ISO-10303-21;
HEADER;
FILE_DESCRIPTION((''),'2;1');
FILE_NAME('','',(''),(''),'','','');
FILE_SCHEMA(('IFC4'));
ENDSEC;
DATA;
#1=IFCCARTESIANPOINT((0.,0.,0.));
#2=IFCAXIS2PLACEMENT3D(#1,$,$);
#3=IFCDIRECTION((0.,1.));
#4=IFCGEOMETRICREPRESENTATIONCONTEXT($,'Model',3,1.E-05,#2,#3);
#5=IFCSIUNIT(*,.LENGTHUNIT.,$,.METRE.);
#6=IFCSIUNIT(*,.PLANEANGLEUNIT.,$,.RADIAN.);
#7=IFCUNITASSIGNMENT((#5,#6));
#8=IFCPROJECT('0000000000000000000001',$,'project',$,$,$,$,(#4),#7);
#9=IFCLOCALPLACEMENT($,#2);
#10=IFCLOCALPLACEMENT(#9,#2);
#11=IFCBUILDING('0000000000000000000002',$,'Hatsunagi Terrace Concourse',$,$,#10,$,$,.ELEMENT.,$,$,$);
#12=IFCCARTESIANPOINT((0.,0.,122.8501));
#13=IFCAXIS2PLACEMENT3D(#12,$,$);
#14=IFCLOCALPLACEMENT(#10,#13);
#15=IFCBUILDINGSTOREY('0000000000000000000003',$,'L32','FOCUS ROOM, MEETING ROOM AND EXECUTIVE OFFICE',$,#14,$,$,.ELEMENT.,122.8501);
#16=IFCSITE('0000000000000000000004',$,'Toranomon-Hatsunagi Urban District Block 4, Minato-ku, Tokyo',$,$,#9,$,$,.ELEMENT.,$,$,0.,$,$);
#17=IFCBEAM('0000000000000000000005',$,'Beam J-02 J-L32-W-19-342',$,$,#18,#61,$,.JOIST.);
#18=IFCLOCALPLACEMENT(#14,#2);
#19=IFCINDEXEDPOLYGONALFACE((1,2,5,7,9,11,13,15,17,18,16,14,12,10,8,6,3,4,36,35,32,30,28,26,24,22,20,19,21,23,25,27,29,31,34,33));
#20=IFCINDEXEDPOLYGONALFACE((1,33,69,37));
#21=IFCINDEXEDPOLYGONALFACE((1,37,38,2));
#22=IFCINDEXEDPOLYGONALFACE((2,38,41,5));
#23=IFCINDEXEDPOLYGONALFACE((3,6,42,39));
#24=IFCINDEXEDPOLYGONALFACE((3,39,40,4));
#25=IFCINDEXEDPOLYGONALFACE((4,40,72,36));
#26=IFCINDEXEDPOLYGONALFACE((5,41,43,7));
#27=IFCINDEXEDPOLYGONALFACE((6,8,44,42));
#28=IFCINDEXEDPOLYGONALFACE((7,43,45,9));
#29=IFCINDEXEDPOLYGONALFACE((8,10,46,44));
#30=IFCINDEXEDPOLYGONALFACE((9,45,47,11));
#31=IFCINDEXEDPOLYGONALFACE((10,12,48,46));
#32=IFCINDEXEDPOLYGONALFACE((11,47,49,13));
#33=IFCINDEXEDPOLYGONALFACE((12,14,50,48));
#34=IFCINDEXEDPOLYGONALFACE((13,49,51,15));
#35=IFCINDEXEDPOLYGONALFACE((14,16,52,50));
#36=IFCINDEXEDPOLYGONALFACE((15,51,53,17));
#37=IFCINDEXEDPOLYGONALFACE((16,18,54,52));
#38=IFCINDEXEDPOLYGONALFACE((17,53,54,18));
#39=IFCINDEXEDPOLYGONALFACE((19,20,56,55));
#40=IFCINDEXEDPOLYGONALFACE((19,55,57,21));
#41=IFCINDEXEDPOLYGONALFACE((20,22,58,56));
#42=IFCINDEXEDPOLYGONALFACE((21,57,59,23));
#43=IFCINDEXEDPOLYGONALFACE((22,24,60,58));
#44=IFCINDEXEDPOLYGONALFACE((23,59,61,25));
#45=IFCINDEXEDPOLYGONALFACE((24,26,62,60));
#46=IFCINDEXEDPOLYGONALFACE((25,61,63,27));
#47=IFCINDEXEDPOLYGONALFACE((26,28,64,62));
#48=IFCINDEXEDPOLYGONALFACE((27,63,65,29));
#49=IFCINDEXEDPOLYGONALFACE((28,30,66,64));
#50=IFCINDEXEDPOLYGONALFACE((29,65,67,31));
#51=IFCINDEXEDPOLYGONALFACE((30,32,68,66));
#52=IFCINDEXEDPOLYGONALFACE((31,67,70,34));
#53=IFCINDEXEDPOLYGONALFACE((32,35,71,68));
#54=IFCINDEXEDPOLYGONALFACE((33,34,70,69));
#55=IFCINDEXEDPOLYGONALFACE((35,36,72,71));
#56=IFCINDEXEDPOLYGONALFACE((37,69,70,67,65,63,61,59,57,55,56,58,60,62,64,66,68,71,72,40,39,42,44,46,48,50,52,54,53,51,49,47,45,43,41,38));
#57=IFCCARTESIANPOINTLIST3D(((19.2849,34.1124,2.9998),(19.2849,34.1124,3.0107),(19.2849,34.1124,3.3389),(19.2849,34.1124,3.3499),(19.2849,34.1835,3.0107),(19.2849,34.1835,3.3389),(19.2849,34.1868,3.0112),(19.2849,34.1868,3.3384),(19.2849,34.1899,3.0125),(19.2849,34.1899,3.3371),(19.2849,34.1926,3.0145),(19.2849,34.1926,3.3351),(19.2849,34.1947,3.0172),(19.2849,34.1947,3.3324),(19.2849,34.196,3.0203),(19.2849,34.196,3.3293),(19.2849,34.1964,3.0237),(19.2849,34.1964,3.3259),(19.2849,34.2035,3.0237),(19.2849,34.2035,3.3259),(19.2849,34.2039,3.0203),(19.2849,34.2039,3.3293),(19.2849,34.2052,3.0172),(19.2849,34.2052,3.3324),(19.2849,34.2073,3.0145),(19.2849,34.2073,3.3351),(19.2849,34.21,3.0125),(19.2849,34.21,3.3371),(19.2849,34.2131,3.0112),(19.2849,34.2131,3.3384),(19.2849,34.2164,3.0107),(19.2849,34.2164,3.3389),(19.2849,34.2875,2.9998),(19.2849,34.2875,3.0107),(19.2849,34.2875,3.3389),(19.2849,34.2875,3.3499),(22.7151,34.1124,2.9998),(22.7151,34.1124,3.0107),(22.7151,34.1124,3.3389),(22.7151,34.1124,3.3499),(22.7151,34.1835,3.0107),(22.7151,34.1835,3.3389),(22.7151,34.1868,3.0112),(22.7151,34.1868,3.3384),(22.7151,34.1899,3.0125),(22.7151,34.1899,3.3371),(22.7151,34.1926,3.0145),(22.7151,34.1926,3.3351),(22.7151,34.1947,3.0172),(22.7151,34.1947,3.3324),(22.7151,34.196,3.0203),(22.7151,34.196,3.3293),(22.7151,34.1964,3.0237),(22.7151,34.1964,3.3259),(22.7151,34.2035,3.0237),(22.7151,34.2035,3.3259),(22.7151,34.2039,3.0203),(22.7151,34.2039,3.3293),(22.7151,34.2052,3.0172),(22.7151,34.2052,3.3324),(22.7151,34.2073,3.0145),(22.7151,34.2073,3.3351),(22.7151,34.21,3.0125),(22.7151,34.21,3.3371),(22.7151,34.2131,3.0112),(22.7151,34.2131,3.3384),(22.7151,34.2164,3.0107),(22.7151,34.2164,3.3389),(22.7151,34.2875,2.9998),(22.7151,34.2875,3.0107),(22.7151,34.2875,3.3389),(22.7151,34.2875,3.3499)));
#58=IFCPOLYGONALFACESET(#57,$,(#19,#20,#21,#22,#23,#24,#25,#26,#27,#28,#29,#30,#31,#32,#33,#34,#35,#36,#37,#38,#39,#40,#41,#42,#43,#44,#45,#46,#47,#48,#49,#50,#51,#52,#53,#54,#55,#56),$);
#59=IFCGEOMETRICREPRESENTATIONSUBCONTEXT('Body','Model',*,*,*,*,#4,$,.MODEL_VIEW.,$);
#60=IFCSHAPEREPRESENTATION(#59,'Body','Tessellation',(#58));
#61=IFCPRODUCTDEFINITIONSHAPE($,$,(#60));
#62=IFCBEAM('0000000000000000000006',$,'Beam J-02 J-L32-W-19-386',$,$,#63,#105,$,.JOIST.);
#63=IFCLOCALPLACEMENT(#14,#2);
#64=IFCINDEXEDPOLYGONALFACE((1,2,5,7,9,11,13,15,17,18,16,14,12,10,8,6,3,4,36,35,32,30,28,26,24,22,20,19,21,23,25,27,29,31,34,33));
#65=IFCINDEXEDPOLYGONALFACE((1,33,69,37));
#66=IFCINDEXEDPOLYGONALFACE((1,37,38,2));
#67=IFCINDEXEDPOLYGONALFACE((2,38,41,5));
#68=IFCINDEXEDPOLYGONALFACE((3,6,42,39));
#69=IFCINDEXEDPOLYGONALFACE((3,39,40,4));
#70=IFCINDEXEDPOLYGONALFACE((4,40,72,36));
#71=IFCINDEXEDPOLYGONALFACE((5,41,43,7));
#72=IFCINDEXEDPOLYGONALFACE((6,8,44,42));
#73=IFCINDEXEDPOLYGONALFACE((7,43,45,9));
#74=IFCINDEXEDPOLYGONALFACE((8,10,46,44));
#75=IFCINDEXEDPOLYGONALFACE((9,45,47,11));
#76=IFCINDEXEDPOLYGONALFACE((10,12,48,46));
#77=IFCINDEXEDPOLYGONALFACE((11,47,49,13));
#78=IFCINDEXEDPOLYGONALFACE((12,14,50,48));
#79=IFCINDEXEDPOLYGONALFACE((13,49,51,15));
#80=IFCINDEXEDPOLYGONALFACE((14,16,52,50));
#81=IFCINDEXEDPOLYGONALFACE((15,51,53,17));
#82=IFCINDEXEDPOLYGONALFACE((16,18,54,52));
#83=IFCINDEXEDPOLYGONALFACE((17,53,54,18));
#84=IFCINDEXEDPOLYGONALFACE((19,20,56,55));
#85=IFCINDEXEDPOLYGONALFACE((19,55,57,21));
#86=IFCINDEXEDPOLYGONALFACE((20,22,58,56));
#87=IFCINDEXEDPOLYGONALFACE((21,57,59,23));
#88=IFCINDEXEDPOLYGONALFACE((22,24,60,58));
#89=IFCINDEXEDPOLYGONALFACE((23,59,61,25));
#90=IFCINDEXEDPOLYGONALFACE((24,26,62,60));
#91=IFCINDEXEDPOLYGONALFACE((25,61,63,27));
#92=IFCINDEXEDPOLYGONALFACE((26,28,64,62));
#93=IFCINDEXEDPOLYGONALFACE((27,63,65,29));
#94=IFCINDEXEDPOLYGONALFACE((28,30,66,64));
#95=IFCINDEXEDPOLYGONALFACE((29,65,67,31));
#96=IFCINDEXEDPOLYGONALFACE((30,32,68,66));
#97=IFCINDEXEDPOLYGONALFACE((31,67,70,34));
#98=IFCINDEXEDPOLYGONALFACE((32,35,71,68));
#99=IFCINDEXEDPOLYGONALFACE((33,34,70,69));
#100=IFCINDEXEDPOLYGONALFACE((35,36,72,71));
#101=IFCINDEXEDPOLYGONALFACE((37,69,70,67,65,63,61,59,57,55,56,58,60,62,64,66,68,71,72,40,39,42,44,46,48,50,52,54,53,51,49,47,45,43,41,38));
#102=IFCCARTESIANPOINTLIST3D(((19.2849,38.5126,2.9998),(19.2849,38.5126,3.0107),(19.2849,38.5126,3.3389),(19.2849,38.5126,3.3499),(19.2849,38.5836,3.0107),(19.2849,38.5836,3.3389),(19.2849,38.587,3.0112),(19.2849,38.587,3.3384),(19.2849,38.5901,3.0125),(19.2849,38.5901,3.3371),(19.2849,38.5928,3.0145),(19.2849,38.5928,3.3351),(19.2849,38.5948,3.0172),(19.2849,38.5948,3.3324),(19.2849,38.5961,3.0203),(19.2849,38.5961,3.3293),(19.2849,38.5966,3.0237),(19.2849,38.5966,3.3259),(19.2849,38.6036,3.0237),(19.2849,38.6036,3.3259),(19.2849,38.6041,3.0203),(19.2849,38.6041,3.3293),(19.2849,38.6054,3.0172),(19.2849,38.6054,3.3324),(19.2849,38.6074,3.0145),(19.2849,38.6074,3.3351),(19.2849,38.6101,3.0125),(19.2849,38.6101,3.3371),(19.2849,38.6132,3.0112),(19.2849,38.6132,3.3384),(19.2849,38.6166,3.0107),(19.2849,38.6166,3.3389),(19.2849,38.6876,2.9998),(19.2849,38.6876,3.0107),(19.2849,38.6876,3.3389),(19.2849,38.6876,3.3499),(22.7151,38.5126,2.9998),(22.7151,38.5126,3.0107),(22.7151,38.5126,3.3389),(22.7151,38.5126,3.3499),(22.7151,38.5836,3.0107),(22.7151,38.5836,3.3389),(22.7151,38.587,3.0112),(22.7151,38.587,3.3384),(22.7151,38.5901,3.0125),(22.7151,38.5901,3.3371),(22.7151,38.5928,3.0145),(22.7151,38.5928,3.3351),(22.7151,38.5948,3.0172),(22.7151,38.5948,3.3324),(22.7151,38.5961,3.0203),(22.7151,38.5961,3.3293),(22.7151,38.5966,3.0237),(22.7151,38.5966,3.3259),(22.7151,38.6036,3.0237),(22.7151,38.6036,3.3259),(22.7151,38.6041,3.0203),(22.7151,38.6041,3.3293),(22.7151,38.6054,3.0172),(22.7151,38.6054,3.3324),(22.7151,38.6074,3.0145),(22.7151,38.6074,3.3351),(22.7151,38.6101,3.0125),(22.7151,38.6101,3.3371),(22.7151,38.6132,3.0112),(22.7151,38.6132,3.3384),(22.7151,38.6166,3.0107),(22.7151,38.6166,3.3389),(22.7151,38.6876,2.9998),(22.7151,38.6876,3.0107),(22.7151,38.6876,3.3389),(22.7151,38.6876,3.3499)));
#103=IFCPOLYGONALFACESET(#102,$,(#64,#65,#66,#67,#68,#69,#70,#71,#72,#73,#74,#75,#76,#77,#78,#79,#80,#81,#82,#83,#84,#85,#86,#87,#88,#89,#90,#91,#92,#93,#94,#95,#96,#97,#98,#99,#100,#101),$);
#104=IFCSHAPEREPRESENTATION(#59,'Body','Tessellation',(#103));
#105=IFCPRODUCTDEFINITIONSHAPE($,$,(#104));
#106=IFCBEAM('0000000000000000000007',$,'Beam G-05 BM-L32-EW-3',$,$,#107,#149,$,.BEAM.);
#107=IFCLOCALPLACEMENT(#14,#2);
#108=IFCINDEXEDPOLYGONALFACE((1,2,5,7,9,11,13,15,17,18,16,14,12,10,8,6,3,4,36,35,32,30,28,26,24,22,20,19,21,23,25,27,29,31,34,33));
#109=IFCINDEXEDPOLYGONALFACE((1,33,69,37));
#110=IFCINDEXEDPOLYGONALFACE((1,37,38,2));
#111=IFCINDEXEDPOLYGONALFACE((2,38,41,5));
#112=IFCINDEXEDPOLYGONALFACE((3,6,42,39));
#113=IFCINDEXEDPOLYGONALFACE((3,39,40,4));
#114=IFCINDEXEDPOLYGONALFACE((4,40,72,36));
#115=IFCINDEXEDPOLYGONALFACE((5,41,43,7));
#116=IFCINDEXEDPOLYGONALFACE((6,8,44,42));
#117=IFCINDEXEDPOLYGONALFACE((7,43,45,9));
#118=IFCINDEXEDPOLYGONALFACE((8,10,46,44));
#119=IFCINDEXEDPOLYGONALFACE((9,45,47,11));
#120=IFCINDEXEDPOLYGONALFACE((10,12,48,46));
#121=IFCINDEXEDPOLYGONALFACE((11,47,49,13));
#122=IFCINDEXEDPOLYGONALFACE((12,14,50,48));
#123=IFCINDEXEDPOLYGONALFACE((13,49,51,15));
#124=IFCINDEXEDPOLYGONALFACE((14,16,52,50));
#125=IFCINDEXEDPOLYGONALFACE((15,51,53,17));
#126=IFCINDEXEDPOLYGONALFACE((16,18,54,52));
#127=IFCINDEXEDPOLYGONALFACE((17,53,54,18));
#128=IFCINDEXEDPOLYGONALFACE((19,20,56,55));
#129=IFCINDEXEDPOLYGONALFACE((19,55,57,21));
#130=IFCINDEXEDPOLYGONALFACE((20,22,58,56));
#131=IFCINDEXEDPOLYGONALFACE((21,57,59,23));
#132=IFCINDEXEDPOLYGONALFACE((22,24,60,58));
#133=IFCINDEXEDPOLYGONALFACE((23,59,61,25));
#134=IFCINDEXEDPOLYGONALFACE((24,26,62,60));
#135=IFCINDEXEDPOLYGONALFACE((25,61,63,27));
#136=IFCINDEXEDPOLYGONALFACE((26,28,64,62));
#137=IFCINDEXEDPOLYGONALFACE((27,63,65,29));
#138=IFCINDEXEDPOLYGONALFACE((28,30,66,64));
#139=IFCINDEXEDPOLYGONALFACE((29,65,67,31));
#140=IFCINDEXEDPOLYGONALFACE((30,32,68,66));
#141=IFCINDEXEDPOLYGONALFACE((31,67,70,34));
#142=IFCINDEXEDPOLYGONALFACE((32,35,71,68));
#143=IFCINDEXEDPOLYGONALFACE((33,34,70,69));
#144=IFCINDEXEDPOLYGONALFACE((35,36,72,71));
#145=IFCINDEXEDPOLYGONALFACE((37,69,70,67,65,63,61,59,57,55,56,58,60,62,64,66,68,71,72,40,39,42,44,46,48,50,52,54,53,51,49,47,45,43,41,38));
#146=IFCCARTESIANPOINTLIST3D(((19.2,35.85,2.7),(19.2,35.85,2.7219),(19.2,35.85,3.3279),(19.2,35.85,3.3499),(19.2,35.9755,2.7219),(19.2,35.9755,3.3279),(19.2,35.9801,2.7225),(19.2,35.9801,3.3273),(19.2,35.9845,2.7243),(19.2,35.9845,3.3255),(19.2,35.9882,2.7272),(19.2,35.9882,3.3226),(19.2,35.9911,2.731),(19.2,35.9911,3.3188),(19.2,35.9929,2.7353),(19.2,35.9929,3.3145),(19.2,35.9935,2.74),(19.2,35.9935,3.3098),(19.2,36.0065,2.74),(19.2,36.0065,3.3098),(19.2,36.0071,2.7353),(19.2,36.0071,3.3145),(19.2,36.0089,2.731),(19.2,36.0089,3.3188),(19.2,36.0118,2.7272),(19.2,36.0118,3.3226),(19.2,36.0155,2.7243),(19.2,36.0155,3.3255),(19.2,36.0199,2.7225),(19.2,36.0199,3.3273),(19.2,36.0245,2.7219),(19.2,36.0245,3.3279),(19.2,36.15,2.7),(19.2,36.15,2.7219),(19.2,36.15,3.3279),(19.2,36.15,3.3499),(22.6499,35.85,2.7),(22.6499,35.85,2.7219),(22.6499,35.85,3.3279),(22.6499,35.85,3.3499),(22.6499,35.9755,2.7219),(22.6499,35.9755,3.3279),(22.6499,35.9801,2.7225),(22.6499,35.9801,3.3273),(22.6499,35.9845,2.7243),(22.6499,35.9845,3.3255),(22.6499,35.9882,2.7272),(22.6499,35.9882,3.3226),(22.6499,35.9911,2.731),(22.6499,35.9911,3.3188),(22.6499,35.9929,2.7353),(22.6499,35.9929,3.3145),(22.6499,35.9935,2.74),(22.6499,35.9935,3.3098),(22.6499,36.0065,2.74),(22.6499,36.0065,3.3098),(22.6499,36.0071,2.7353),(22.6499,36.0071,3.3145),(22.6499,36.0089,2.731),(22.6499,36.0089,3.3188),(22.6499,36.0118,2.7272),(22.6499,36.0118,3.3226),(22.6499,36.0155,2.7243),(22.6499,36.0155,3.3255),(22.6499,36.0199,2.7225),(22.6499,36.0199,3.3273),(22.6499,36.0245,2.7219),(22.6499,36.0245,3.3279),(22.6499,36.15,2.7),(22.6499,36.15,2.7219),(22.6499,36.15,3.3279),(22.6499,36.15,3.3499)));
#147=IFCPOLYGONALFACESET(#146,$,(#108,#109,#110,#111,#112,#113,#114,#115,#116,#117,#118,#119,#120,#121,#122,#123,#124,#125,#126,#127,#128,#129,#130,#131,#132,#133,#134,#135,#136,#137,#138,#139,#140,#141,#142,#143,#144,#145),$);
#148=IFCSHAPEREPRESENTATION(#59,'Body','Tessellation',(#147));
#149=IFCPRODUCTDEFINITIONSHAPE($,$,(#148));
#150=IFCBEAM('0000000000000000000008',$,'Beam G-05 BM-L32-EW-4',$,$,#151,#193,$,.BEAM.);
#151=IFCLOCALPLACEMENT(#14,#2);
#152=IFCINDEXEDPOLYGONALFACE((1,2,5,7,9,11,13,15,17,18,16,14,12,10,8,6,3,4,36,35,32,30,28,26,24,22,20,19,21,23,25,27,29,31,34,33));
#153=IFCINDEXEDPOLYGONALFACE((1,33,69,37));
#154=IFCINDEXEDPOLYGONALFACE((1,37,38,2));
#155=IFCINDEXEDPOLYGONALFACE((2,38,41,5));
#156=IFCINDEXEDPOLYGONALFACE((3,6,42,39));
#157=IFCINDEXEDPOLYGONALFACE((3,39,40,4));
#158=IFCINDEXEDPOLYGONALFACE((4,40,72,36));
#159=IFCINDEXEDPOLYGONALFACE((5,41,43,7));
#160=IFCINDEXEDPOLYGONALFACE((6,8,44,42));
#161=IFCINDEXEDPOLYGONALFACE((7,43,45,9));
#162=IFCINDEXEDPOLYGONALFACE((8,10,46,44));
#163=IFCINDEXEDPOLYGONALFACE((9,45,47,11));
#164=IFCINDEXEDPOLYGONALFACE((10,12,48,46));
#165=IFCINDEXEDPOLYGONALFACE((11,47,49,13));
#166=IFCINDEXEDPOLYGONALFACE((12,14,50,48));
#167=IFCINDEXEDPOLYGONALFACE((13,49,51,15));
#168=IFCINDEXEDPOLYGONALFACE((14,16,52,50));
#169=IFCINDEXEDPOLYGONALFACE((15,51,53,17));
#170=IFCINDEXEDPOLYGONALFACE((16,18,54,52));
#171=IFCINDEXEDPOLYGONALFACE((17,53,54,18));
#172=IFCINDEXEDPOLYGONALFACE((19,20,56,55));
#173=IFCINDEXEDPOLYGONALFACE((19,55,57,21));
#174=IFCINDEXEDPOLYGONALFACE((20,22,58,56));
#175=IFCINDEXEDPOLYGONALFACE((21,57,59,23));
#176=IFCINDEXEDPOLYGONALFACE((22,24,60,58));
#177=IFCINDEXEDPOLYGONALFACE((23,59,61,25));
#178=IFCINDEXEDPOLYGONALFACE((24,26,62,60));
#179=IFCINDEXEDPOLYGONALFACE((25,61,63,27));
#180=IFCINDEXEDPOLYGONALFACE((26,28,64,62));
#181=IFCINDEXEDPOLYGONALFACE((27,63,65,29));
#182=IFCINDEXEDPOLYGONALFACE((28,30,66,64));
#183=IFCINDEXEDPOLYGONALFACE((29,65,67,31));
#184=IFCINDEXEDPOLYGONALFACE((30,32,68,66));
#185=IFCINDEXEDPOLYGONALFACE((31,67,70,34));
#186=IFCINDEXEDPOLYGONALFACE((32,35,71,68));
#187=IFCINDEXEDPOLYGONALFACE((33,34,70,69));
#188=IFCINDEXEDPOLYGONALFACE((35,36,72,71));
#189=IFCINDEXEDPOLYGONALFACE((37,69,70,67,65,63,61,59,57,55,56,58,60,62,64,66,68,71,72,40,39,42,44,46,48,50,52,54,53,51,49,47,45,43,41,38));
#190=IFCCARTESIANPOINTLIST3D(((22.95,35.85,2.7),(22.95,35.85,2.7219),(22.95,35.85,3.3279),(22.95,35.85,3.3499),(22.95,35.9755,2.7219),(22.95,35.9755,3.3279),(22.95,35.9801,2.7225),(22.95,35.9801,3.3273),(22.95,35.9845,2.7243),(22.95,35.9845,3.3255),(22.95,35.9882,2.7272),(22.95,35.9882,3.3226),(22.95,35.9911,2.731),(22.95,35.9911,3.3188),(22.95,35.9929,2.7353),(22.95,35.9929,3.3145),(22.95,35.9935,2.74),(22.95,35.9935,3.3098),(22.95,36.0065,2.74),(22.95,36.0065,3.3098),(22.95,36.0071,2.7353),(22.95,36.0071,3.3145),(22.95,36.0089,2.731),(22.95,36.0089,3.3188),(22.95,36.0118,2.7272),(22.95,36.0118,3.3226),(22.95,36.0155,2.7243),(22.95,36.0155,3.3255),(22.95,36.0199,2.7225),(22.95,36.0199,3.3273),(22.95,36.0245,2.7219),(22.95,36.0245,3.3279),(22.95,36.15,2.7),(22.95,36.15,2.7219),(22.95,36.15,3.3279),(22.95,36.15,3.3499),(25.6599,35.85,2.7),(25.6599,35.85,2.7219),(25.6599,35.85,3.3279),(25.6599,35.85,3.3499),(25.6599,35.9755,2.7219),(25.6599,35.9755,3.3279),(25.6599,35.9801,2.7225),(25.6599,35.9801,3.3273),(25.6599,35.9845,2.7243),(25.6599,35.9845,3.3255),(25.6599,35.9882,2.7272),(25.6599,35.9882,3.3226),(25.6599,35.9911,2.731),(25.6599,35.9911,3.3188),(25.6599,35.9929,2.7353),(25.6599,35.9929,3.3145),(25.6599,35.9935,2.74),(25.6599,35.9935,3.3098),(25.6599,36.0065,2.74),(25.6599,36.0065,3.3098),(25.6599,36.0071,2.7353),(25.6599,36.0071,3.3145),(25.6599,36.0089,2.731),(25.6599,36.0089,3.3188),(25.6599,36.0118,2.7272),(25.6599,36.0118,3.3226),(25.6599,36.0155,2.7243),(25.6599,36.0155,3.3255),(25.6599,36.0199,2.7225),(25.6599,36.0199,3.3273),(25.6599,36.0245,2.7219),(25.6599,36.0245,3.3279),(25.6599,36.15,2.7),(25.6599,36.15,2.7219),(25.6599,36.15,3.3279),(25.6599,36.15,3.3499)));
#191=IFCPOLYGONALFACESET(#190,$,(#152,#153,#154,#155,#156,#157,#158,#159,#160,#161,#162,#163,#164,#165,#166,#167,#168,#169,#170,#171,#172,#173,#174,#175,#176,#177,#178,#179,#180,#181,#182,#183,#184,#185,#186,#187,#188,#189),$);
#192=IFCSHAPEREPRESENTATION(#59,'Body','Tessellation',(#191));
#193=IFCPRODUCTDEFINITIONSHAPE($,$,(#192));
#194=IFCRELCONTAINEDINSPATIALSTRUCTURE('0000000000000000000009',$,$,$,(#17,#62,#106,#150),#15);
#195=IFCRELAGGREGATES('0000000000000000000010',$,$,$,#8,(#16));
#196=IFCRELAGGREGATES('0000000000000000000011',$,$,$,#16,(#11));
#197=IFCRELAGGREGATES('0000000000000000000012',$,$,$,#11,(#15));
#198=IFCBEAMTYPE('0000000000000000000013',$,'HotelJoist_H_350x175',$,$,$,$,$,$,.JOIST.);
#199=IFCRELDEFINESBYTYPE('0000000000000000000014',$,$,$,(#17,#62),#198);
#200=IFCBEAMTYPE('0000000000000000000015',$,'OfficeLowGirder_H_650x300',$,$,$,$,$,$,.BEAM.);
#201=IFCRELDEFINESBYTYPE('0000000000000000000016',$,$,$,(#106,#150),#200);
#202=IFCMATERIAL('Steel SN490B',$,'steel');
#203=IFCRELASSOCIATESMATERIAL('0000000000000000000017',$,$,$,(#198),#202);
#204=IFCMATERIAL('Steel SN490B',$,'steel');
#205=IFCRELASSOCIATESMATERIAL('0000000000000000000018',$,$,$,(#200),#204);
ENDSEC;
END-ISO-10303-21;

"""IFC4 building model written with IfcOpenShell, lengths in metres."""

from ifc_helpers import new_model, si_unit, direction, frame, origin, origin_2d, place, context, subcontext, project, spatial, i_section, extrude, material, material_profile, profile_set, type_object, element, save


model = new_model("IFC4")

# Units and contexts
model_context = context("Model", 3, precision=1e-05, world=origin(), true_north=direction((0.0, 1.0)))
body_context = subcontext(model_context, "Body", "Model", "MODEL_VIEW")
ifc_project = project(units=[si_unit("LENGTHUNIT", "METRE"), si_unit("PLANEANGLEUNIT", "RADIAN")], contexts=[model_context])

# Site, building, storey
site_placement = place(None, origin())
site = spatial("IfcSite", under=ifc_project, at=site_placement, Name="Toranomon-Hatsunagi Urban District Block 4, Minato-ku, Tokyo", CompositionType="ELEMENT", RefElevation=0.0)
building_placement = place(site_placement, origin())
building = spatial("IfcBuilding", under=site, at=building_placement, Name="Hatsunagi Terrace Concourse", CompositionType="ELEMENT")
storey_placement = place(building_placement, frame((0.0, 0.0, 122.8501)))
storey = spatial("IfcBuildingStorey", under=building, at=storey_placement, Name="L32", Description="FOCUS ROOM, MEETING ROOM AND EXECUTIVE OFFICE", CompositionType="ELEMENT", Elevation=122.8501)

# Beams
ifc_material_1 = material(Name="Steel SN490B", Category="steel")
ifc_material_profile_1 = material_profile(ifc_material_1, i_section(OverallWidth=0.175, OverallDepth=0.3501, WebThickness=0.0071, FlangeThickness=0.011, FilletRadius=0.0129, at=origin_2d()), Name="H-350x175x7x11")
ifc_profile_set_1 = profile_set([ifc_material_profile_1], Name="Steel SN490B")
beam_type_1 = type_object("IfcBeamType", Name="HotelJoist_H_350x175", PredefinedType="JOIST", material=ifc_profile_set_1)
for number, where, z_axis, x_axis, name in (
    (1, (19.2849, 34.2, 3.1748), (1.0, 0.0, 0.0), (0.0, 1.0, 0.0), "Beam J-02 J-L32-W-19-342"),
    (2, (19.2849, 38.6001, 3.1748), (1.0, 0.0, 0.0), (0.0, 1.0, 0.0), "Beam J-02 J-L32-W-19-386"),
):
    element("IfcBeam", number, at=place(storey_placement, frame(where, z_axis=z_axis, x_axis=x_axis)), inside=storey, type_object=beam_type_1, Name=name, PredefinedType="JOIST", context=body_context, shape_type="SweptSolid", body=[
        extrude(i_section(OverallWidth=0.175, OverallDepth=0.3501, WebThickness=0.0071, FlangeThickness=0.011, FilletRadius=0.0129, at=origin_2d()), origin(), (0.0, 0.0, 1.0), 3.4302),
    ])
ifc_material_2 = material(Name="Steel SN490B", Category="steel")
ifc_material_profile_2 = material_profile(ifc_material_2, i_section(OverallWidth=0.3, OverallDepth=0.6499, WebThickness=0.0129, FlangeThickness=0.022, FilletRadius=0.0181, at=origin_2d()), Name="H-650x300x13x22")
ifc_profile_set_2 = profile_set([ifc_material_profile_2], Name="Steel SN490B")
beam_type_2 = type_object("IfcBeamType", Name="OfficeLowGirder_H_650x300", PredefinedType="BEAM", material=ifc_profile_set_2)
beam_1_placement = place(storey_placement, frame((19.2, 36.0, 3.0249), z_axis=(1.0, 0.0, 0.0), x_axis=(0.0, 1.0, 0.0)))
element("IfcBeam", 3, at=beam_1_placement, inside=storey, type_object=beam_type_2, Name="Beam G-05 BM-L32-EW-3", PredefinedType="BEAM", context=body_context, shape_type="SweptSolid", body=[
    extrude(i_section(OverallWidth=0.3, OverallDepth=0.6499, WebThickness=0.0129, FlangeThickness=0.022, FilletRadius=0.0181, at=origin_2d()), origin(), (0.0, 0.0, 1.0), 3.45),
])
beam_2_placement = place(storey_placement, frame((22.95, 36.0, 3.0249), z_axis=(1.0, 0.0, 0.0), x_axis=(0.0, 1.0, 0.0)))
element("IfcBeam", 4, at=beam_2_placement, inside=storey, type_object=beam_type_2, Name="Beam G-05 BM-L32-EW-4", PredefinedType="BEAM", context=body_context, shape_type="SweptSolid", body=[
    extrude(i_section(OverallWidth=0.3, OverallDepth=0.6499, WebThickness=0.0129, FlangeThickness=0.022, FilletRadius=0.0181, at=origin_2d()), origin(), (0.0, 0.0, 1.0), 2.71),
])

save(model, "model.ifc")
